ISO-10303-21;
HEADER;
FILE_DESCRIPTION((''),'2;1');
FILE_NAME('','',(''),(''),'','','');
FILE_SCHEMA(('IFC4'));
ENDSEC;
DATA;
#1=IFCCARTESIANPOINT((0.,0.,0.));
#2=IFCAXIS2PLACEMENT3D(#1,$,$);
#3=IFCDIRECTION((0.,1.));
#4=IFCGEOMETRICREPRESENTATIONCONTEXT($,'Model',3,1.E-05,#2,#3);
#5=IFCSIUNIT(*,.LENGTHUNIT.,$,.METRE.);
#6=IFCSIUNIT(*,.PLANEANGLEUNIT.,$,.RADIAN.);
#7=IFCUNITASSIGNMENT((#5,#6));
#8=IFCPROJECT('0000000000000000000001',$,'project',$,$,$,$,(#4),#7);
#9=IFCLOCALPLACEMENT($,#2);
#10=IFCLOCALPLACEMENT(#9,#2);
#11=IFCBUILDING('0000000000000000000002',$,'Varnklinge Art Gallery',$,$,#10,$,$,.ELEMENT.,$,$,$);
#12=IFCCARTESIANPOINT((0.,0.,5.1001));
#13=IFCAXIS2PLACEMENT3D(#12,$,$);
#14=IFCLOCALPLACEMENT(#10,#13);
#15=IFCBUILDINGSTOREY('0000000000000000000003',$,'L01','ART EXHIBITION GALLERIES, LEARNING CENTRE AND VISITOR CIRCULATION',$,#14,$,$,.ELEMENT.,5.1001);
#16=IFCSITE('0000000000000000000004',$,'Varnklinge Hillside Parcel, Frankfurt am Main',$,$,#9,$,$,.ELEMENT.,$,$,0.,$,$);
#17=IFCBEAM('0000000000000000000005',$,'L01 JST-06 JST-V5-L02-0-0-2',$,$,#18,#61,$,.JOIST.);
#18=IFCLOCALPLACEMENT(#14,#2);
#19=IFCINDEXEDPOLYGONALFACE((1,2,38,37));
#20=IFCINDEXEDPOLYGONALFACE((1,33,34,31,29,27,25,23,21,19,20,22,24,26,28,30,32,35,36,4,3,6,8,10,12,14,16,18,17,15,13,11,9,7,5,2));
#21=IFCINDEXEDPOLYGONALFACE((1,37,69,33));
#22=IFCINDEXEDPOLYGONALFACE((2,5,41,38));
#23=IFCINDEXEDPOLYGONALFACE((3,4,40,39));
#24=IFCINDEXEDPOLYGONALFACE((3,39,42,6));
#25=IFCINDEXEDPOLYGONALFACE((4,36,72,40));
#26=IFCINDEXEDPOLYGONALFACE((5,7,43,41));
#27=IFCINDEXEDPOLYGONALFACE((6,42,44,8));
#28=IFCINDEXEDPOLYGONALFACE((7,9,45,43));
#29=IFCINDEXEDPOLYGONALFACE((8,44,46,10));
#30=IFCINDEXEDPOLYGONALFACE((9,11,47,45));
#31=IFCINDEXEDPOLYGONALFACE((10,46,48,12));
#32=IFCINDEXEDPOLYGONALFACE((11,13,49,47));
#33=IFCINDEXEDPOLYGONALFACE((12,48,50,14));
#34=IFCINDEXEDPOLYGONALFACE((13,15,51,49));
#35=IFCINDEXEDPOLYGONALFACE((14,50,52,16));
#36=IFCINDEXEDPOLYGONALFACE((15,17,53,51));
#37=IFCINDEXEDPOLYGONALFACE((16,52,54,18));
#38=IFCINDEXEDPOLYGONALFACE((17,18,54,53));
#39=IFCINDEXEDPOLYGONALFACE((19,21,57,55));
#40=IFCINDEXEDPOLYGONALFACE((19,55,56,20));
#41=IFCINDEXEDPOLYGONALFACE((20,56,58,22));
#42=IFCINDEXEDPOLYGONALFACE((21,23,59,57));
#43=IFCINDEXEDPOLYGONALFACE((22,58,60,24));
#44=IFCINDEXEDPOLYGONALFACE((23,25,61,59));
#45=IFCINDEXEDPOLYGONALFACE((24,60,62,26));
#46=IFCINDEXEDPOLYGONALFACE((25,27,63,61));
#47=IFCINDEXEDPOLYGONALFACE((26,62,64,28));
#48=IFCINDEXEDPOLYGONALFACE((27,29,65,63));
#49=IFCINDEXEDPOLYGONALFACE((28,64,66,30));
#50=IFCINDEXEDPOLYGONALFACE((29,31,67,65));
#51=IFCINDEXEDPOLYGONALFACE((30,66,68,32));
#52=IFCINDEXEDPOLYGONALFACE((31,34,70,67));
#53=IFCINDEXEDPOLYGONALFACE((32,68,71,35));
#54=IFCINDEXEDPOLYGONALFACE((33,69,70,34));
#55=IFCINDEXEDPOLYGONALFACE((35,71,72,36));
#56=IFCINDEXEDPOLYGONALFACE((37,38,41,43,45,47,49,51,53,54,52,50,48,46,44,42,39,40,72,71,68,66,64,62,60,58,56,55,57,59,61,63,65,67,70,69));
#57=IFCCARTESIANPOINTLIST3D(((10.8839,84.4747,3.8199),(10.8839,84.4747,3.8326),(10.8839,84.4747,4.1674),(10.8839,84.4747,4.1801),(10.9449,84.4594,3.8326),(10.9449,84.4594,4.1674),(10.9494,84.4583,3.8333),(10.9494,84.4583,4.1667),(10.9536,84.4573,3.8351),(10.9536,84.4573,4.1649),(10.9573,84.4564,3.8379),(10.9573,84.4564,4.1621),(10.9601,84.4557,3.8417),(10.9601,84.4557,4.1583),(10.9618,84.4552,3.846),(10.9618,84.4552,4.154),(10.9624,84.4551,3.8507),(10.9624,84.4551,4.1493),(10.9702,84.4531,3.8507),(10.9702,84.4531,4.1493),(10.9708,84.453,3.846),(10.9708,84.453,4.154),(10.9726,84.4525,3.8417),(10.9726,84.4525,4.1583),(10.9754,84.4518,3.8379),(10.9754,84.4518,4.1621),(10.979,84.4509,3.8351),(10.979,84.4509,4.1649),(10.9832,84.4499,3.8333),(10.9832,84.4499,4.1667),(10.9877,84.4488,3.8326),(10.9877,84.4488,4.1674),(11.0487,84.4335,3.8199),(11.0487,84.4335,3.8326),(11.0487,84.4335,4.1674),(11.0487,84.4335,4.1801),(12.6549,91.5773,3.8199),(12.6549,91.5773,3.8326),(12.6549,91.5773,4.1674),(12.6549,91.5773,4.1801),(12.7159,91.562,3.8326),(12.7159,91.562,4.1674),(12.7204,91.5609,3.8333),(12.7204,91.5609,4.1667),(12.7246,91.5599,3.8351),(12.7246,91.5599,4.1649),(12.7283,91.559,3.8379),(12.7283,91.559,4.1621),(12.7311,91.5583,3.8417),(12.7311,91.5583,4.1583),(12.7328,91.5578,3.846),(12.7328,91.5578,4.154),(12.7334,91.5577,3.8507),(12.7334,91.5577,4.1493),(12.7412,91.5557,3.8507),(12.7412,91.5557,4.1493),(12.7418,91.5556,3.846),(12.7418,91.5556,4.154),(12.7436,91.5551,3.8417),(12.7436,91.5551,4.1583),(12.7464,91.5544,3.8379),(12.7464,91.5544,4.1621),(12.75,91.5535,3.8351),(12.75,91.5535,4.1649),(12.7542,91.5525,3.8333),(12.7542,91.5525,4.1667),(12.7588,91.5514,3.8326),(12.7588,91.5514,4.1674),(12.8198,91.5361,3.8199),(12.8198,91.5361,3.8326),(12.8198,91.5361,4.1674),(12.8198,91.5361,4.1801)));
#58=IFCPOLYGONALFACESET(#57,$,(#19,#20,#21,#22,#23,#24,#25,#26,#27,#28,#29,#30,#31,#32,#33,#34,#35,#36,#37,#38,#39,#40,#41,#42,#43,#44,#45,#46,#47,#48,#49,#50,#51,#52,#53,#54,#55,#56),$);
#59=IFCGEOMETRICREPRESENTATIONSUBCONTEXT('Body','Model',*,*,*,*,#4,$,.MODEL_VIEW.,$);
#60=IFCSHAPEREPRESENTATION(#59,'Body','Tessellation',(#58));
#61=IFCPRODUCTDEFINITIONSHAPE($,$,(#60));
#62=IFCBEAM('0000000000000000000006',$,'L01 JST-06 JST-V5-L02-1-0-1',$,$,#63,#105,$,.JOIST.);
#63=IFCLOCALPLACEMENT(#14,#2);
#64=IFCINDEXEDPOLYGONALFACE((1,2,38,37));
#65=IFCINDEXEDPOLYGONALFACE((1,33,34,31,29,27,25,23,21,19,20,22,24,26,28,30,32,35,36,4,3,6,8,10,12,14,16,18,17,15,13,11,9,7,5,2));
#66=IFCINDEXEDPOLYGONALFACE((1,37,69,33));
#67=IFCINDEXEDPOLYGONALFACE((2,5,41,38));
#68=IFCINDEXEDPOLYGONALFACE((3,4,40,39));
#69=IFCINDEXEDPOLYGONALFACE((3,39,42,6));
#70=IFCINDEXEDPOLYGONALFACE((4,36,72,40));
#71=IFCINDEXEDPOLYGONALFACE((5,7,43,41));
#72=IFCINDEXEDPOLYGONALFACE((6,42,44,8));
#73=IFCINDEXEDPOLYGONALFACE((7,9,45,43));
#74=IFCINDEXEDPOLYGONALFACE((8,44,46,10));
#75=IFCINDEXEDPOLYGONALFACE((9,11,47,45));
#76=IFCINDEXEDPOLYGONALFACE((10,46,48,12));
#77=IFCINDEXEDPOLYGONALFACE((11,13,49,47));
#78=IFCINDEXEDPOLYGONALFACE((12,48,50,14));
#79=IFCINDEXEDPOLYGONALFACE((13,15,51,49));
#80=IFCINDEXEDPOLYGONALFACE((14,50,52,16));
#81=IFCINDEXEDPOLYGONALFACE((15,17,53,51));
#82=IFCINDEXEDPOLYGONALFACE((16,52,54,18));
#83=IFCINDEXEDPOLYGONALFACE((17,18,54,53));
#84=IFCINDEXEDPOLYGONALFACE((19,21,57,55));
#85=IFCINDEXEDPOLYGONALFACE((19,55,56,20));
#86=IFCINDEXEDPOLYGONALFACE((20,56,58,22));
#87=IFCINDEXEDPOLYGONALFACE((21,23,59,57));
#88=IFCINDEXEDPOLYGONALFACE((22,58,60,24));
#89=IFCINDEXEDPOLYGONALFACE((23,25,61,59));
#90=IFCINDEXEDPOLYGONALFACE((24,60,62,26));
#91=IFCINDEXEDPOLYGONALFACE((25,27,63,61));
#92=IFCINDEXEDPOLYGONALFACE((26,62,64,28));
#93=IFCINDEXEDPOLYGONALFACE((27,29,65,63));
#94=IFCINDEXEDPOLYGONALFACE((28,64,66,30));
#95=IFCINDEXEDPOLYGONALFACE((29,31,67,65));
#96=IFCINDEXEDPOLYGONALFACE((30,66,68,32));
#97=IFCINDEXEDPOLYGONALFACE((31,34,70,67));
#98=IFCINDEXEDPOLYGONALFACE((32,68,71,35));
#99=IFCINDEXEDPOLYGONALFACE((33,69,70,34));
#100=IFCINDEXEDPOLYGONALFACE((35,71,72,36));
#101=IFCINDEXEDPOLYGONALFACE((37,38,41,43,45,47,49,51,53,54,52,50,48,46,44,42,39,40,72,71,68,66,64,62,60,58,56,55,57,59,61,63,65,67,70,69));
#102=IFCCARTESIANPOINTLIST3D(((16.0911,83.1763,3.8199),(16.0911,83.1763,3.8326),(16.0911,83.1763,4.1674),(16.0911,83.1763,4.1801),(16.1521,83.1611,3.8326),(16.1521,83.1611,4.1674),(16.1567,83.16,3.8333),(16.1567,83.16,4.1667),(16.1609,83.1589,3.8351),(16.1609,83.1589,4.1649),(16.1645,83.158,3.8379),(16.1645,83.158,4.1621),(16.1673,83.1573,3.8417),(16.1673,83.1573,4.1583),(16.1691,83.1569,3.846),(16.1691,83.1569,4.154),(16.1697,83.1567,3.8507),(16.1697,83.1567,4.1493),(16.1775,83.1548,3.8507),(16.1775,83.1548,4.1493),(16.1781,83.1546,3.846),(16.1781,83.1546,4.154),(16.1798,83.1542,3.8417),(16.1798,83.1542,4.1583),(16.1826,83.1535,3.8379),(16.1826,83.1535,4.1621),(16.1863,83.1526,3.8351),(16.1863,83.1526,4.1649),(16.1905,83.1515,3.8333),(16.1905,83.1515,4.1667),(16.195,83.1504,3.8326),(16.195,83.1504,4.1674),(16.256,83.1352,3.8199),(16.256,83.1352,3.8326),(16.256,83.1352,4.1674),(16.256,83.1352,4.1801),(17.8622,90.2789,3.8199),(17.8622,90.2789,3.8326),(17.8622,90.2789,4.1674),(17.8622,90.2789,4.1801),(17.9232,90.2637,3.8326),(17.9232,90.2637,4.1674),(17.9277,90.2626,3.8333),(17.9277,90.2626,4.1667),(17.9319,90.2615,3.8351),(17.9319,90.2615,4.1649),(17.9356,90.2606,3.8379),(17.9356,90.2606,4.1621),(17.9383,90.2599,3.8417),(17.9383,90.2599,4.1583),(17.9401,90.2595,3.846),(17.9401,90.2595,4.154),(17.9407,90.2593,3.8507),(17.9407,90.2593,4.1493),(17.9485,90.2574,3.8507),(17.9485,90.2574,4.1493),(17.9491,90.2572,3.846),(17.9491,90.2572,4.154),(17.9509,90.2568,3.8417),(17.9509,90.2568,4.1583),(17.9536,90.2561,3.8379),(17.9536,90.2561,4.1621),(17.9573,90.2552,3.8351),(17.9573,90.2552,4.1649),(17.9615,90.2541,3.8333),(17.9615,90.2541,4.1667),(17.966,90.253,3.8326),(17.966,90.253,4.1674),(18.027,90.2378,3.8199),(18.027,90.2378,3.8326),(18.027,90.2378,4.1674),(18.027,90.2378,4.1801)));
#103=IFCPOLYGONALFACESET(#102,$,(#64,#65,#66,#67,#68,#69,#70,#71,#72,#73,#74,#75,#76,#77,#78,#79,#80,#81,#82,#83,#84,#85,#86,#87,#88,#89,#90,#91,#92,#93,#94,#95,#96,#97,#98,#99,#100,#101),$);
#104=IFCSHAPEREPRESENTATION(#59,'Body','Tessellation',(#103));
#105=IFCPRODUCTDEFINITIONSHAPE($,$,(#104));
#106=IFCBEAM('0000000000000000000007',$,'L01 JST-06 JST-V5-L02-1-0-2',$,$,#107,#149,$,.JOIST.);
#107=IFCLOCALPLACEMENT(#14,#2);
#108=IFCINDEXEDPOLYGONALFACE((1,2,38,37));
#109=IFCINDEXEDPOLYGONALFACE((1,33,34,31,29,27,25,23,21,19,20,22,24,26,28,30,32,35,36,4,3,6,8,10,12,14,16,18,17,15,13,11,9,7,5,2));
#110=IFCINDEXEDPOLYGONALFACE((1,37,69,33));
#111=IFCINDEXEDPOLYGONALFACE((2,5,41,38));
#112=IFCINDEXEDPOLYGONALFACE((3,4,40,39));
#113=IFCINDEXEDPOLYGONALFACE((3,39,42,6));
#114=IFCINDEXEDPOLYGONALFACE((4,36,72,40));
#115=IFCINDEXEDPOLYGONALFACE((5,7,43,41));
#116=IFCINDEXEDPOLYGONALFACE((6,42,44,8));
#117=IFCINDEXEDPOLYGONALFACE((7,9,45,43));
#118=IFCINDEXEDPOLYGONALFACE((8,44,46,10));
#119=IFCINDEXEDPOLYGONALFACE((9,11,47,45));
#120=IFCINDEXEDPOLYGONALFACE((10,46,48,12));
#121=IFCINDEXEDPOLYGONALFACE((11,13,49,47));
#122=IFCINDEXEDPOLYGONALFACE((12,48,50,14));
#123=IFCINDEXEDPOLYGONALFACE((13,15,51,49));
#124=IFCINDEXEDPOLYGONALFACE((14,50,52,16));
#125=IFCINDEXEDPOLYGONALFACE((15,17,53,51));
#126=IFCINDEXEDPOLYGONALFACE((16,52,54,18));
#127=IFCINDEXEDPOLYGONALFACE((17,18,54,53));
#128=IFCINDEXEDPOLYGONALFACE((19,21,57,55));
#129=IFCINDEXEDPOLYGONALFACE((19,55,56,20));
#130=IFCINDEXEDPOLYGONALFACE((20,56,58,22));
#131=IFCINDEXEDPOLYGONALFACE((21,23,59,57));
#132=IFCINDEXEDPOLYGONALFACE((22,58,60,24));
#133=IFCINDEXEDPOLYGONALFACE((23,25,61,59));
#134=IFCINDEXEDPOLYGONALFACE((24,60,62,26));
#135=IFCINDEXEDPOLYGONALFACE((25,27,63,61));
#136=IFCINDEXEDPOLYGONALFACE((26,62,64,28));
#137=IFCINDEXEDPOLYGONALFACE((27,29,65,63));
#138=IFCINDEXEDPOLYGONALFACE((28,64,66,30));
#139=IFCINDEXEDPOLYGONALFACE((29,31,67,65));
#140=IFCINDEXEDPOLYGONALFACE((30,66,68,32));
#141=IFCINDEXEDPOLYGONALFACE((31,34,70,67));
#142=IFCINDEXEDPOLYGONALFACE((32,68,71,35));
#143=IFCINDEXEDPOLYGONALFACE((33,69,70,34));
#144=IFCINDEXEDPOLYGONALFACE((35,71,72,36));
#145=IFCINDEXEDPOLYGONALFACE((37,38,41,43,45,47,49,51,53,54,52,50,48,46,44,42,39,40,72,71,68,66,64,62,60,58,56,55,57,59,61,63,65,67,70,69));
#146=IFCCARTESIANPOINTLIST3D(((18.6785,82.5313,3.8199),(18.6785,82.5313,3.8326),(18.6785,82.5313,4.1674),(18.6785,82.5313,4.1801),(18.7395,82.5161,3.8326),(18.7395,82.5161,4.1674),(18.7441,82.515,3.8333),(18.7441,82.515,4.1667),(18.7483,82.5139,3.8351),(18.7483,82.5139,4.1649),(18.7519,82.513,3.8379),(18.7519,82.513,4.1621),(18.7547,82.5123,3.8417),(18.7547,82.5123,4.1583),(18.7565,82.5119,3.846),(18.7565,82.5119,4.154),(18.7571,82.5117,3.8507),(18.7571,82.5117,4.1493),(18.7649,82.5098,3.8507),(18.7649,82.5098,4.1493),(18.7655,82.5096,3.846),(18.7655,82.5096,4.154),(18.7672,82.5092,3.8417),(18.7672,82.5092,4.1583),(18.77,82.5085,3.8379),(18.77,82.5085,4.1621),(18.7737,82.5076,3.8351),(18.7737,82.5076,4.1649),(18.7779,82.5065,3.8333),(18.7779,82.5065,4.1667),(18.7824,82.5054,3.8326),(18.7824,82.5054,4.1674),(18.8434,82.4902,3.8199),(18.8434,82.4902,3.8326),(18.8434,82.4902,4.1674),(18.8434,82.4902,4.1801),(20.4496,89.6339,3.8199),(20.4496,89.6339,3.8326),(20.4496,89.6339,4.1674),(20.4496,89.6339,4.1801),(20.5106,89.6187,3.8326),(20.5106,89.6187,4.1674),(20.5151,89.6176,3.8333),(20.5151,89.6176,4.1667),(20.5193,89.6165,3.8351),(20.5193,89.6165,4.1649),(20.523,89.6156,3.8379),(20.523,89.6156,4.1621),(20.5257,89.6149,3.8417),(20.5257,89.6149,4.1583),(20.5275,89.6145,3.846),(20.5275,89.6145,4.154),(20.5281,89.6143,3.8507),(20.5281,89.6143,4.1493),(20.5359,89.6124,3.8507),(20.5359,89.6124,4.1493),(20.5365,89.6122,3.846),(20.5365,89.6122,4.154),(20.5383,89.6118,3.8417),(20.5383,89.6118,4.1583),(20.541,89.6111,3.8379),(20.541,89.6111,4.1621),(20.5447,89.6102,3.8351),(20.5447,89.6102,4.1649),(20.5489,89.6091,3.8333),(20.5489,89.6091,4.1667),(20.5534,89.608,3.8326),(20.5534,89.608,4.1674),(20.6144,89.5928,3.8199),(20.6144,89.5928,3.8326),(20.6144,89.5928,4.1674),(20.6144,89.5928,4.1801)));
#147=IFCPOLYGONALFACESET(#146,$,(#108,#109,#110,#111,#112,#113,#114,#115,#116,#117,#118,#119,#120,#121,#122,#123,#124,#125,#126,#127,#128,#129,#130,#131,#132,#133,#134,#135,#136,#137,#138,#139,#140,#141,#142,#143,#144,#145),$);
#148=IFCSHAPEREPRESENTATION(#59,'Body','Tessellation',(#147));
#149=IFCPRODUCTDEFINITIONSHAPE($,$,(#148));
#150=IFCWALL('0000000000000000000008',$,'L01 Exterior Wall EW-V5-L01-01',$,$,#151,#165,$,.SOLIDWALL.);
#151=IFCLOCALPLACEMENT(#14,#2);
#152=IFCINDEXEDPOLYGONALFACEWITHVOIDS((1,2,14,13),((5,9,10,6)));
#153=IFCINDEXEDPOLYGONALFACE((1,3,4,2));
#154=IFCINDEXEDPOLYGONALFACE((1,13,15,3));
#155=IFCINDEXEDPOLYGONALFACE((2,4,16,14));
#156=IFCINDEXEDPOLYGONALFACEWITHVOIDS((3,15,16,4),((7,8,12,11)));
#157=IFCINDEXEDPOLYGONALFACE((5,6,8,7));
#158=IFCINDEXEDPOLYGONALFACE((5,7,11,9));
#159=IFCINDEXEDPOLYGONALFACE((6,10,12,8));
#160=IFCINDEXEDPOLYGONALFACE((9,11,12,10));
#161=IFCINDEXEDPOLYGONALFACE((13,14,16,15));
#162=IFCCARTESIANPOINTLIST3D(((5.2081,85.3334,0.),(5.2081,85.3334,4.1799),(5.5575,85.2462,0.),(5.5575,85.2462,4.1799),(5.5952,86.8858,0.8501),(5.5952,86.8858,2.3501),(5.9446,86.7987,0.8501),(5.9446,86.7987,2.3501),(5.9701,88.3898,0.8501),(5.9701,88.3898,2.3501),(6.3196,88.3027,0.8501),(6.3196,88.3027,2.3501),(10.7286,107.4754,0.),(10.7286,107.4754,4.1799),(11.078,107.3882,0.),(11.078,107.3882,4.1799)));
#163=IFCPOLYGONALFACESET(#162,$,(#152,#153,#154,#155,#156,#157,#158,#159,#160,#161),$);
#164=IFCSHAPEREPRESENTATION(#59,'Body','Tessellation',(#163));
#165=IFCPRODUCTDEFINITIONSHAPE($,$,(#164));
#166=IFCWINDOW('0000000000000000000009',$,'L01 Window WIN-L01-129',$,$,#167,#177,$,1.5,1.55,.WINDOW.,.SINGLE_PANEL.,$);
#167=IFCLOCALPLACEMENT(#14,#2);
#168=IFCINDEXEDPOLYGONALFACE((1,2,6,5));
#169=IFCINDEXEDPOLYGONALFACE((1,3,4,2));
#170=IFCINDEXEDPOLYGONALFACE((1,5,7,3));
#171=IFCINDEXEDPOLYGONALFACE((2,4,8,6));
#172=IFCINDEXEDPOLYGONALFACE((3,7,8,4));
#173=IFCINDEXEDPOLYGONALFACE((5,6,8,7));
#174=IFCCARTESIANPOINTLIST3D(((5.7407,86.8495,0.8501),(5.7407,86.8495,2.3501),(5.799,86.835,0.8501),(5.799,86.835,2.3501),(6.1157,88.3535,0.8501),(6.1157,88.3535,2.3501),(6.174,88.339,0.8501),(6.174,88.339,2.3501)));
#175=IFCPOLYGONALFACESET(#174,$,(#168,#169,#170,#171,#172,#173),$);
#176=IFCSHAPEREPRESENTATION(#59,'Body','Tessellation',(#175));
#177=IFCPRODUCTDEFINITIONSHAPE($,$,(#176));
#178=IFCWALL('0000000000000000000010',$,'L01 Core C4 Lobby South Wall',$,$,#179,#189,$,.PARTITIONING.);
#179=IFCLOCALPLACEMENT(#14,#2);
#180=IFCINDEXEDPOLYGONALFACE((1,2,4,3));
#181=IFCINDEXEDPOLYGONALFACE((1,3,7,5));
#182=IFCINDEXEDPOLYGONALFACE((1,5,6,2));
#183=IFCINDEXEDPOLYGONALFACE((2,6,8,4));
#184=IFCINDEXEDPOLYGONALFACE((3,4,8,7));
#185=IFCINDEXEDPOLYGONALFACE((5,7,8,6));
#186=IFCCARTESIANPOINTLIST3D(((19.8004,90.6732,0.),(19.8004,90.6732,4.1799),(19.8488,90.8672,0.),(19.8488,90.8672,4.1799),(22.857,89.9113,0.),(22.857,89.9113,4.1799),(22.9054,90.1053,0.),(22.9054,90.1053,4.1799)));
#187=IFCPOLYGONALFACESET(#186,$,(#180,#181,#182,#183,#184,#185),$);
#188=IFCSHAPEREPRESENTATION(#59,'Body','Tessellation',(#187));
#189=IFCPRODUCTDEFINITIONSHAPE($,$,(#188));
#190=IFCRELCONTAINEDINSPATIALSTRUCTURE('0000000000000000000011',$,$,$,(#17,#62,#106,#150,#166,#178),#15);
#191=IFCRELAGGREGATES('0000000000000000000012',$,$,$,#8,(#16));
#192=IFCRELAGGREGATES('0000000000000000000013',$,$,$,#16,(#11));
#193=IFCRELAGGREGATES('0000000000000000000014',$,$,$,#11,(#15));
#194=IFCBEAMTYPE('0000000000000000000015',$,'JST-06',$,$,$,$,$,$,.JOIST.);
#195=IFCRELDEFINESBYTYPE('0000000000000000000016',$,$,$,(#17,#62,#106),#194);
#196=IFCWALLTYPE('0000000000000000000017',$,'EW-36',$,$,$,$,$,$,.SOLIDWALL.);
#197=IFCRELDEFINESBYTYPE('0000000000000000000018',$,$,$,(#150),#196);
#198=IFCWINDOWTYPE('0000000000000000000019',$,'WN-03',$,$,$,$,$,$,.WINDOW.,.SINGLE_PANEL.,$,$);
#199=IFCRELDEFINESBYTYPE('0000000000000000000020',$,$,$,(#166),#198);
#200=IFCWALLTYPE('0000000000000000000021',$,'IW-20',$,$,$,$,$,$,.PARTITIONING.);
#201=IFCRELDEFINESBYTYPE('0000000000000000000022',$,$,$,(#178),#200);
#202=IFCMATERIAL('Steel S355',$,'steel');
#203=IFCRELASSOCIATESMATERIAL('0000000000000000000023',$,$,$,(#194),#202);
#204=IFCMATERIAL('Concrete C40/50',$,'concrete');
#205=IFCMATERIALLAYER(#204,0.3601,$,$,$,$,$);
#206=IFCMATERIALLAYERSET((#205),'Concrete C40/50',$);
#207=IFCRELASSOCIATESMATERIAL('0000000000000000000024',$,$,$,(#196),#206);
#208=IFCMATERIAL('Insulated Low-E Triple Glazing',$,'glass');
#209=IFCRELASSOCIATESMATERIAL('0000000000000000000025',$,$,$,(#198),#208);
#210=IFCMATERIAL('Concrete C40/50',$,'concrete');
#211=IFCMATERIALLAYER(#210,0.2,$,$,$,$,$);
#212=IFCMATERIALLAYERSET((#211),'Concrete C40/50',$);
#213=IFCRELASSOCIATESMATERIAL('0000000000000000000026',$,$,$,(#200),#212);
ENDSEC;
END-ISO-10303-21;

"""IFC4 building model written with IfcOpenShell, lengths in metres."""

from ifc_helpers import new_model, si_unit, direction, frame, frame_2d, origin, origin_2d, place, context, subcontext, project, spatial, rectangle, i_section, extrude, material, layer, layer_set, material_profile, profile_set, type_object, element, fill, save


model = new_model("IFC4")

# Units and contexts
model_context = context("Model", 3, precision=1e-05, world=origin(), true_north=direction((0.0, 1.0)))
body_context = subcontext(model_context, "Body", "Model", "MODEL_VIEW")
ifc_project = project(units=[si_unit("LENGTHUNIT", "METRE"), si_unit("PLANEANGLEUNIT", "RADIAN")], contexts=[model_context])

# Site, building, storey
site_placement = place(None, origin())
site = spatial("IfcSite", under=ifc_project, at=site_placement, Name="Varnklinge Hillside Parcel, Frankfurt am Main", CompositionType="ELEMENT", RefElevation=0.0)
building_placement = place(site_placement, origin())
building = spatial("IfcBuilding", under=site, at=building_placement, Name="Varnklinge Art Gallery", CompositionType="ELEMENT")
storey_placement = place(building_placement, frame((0.0, 0.0, 5.1001)))
storey = spatial("IfcBuildingStorey", under=building, at=storey_placement, Name="L01", Description="ART EXHIBITION GALLERIES, LEARNING CENTRE AND VISITOR CIRCULATION", CompositionType="ELEMENT", Elevation=5.1001)

# Beams
ifc_material_1 = material(Name="Steel S355", Category="steel")
ifc_material_profile_1 = material_profile(ifc_material_1, i_section(OverallWidth=0.1699, OverallDepth=0.3601, WebThickness=0.0081, FlangeThickness=0.0127, FilletRadius=0.0181, at=origin_2d()), Name="IPE 360")
ifc_profile_set_1 = profile_set([ifc_material_profile_1], Name="Steel S355")
beam_type_1 = type_object("IfcBeamType", Name="JST-06", PredefinedType="JOIST", material=ifc_profile_set_1)
for number, where, z_axis, x_axis, name in (
    (1, (10.9663, 84.4541, 4.0), (0.241939, 0.970291, 0.0), (-0.970291, 0.241939, 0.0), "L01 JST-06 JST-V5-L02-0-0-2"),
    (2, (16.1736, 83.1558, 4.0), (0.241939, 0.970291, 0.0), (-0.970291, 0.241939, 0.0), "L01 JST-06 JST-V5-L02-1-0-1"),
    (3, (18.761, 82.5107, 4.0), (0.241939, 0.970291, 0.0), (-0.970291, 0.241939, 0.0), "L01 JST-06 JST-V5-L02-1-0-2"),
):
    element("IfcBeam", number, at=place(storey_placement, frame(where, z_axis=z_axis, x_axis=x_axis)), inside=storey, type_object=beam_type_1, Name=name, PredefinedType="JOIST", context=body_context, shape_type="SweptSolid", body=[
        extrude(i_section(OverallWidth=0.1699, OverallDepth=0.3601, WebThickness=0.0081, FlangeThickness=0.0127, FilletRadius=0.0181, at=origin_2d()), origin(), (0.0, 0.0, 1.0), 7.3201),
    ])

# Wall, opening, window
ifc_material_2 = material(Name="Concrete C40/50", Category="concrete")
ifc_layer_1 = layer(ifc_material_2, 0.3601)
ifc_layer_set_1 = layer_set([ifc_layer_1], Name="Concrete C40/50")
wall_type_1 = type_object("IfcWallType", Name="EW-36", PredefinedType="SOLIDWALL", material=ifc_layer_set_1)
wall_1_placement = place(storey_placement, frame((5.3828, 85.2898, 0.0), z_axis=(0.0, 0.0, 1.0), x_axis=(0.241916, 0.970297, 0.0)))
wall_1 = element("IfcWall", 4, at=wall_1_placement, inside=storey, type_object=wall_type_1, Name="L01 Exterior Wall EW-V5-L01-01", PredefinedType="SOLIDWALL", context=body_context, shape_type="SweptSolid", body=[
    extrude(rectangle(XDim=22.8198, YDim=0.3601, at=frame_2d((11.4099, 0.0))), origin(), (0.0, 0.0, 1.0), 4.1799),
])
opening_1_placement = place(wall_1_placement, frame((1.6001, 0.0, 0.8501)))
opening_1 = element("IfcOpeningElement", 5, at=opening_1_placement, cuts=wall_1, PredefinedType="OPENING", context=body_context, shape_type="SweptSolid", body=[
    extrude(rectangle(XDim=1.55, YDim=1.5, at=frame_2d((0.7749, 0.75))), frame((0.0, 0.1902, 0.0), z_axis=(0.0, -1.0, 0.0), x_axis=(1.0, 0.0, 0.0)), (0.0, 0.0, 1.0), 0.3801),
])
ifc_material_3 = material(Name="Insulated Low-E Triple Glazing", Category="glass")
window_type = type_object("IfcWindowType", Name="WN-03", PartitioningType="SINGLE_PANEL", PredefinedType="WINDOW", material=ifc_material_3)
window_placement = place(opening_1_placement, origin())
window = element("IfcWindow", 6, at=window_placement, inside=storey, type_object=window_type, Name="L01 Window WIN-L01-129", OverallHeight=1.5, OverallWidth=1.55, PartitioningType="SINGLE_PANEL", PredefinedType="WINDOW", context=body_context, shape_type="SweptSolid", body=[
    extrude(rectangle(XDim=1.55, YDim=1.5, at=frame_2d((0.7749, 0.75))), frame((0.0, 0.03, 0.0), z_axis=(0.0, -1.0, 0.0), x_axis=(1.0, 0.0, 0.0)), (0.0, 0.0, 1.0), 0.0601),
])
fill(opening_1, window)

# Wall
ifc_material_4 = material(Name="Concrete C40/50", Category="concrete")
ifc_layer_2 = layer(ifc_material_4, 0.2)
ifc_layer_set_2 = layer_set([ifc_layer_2], Name="Concrete C40/50")
wall_type_2 = type_object("IfcWallType", Name="IW-20", PredefinedType="PARTITIONING", material=ifc_layer_set_2)
wall_2_placement = place(storey_placement, frame((19.8245, 90.7703, 0.0), z_axis=(0.0, 0.0, 1.0), x_axis=(0.970306, -0.241879, 0.0)))
element("IfcWall", 7, at=wall_2_placement, inside=storey, type_object=wall_type_2, Name="L01 Core C4 Lobby South Wall", PredefinedType="PARTITIONING", context=body_context, shape_type="SweptSolid", body=[
    extrude(rectangle(XDim=3.1501, YDim=0.2, at=frame_2d((1.5752, 0.0))), origin(), (0.0, 0.0, 1.0), 4.1799),
])

save(model, "model.ifc")
